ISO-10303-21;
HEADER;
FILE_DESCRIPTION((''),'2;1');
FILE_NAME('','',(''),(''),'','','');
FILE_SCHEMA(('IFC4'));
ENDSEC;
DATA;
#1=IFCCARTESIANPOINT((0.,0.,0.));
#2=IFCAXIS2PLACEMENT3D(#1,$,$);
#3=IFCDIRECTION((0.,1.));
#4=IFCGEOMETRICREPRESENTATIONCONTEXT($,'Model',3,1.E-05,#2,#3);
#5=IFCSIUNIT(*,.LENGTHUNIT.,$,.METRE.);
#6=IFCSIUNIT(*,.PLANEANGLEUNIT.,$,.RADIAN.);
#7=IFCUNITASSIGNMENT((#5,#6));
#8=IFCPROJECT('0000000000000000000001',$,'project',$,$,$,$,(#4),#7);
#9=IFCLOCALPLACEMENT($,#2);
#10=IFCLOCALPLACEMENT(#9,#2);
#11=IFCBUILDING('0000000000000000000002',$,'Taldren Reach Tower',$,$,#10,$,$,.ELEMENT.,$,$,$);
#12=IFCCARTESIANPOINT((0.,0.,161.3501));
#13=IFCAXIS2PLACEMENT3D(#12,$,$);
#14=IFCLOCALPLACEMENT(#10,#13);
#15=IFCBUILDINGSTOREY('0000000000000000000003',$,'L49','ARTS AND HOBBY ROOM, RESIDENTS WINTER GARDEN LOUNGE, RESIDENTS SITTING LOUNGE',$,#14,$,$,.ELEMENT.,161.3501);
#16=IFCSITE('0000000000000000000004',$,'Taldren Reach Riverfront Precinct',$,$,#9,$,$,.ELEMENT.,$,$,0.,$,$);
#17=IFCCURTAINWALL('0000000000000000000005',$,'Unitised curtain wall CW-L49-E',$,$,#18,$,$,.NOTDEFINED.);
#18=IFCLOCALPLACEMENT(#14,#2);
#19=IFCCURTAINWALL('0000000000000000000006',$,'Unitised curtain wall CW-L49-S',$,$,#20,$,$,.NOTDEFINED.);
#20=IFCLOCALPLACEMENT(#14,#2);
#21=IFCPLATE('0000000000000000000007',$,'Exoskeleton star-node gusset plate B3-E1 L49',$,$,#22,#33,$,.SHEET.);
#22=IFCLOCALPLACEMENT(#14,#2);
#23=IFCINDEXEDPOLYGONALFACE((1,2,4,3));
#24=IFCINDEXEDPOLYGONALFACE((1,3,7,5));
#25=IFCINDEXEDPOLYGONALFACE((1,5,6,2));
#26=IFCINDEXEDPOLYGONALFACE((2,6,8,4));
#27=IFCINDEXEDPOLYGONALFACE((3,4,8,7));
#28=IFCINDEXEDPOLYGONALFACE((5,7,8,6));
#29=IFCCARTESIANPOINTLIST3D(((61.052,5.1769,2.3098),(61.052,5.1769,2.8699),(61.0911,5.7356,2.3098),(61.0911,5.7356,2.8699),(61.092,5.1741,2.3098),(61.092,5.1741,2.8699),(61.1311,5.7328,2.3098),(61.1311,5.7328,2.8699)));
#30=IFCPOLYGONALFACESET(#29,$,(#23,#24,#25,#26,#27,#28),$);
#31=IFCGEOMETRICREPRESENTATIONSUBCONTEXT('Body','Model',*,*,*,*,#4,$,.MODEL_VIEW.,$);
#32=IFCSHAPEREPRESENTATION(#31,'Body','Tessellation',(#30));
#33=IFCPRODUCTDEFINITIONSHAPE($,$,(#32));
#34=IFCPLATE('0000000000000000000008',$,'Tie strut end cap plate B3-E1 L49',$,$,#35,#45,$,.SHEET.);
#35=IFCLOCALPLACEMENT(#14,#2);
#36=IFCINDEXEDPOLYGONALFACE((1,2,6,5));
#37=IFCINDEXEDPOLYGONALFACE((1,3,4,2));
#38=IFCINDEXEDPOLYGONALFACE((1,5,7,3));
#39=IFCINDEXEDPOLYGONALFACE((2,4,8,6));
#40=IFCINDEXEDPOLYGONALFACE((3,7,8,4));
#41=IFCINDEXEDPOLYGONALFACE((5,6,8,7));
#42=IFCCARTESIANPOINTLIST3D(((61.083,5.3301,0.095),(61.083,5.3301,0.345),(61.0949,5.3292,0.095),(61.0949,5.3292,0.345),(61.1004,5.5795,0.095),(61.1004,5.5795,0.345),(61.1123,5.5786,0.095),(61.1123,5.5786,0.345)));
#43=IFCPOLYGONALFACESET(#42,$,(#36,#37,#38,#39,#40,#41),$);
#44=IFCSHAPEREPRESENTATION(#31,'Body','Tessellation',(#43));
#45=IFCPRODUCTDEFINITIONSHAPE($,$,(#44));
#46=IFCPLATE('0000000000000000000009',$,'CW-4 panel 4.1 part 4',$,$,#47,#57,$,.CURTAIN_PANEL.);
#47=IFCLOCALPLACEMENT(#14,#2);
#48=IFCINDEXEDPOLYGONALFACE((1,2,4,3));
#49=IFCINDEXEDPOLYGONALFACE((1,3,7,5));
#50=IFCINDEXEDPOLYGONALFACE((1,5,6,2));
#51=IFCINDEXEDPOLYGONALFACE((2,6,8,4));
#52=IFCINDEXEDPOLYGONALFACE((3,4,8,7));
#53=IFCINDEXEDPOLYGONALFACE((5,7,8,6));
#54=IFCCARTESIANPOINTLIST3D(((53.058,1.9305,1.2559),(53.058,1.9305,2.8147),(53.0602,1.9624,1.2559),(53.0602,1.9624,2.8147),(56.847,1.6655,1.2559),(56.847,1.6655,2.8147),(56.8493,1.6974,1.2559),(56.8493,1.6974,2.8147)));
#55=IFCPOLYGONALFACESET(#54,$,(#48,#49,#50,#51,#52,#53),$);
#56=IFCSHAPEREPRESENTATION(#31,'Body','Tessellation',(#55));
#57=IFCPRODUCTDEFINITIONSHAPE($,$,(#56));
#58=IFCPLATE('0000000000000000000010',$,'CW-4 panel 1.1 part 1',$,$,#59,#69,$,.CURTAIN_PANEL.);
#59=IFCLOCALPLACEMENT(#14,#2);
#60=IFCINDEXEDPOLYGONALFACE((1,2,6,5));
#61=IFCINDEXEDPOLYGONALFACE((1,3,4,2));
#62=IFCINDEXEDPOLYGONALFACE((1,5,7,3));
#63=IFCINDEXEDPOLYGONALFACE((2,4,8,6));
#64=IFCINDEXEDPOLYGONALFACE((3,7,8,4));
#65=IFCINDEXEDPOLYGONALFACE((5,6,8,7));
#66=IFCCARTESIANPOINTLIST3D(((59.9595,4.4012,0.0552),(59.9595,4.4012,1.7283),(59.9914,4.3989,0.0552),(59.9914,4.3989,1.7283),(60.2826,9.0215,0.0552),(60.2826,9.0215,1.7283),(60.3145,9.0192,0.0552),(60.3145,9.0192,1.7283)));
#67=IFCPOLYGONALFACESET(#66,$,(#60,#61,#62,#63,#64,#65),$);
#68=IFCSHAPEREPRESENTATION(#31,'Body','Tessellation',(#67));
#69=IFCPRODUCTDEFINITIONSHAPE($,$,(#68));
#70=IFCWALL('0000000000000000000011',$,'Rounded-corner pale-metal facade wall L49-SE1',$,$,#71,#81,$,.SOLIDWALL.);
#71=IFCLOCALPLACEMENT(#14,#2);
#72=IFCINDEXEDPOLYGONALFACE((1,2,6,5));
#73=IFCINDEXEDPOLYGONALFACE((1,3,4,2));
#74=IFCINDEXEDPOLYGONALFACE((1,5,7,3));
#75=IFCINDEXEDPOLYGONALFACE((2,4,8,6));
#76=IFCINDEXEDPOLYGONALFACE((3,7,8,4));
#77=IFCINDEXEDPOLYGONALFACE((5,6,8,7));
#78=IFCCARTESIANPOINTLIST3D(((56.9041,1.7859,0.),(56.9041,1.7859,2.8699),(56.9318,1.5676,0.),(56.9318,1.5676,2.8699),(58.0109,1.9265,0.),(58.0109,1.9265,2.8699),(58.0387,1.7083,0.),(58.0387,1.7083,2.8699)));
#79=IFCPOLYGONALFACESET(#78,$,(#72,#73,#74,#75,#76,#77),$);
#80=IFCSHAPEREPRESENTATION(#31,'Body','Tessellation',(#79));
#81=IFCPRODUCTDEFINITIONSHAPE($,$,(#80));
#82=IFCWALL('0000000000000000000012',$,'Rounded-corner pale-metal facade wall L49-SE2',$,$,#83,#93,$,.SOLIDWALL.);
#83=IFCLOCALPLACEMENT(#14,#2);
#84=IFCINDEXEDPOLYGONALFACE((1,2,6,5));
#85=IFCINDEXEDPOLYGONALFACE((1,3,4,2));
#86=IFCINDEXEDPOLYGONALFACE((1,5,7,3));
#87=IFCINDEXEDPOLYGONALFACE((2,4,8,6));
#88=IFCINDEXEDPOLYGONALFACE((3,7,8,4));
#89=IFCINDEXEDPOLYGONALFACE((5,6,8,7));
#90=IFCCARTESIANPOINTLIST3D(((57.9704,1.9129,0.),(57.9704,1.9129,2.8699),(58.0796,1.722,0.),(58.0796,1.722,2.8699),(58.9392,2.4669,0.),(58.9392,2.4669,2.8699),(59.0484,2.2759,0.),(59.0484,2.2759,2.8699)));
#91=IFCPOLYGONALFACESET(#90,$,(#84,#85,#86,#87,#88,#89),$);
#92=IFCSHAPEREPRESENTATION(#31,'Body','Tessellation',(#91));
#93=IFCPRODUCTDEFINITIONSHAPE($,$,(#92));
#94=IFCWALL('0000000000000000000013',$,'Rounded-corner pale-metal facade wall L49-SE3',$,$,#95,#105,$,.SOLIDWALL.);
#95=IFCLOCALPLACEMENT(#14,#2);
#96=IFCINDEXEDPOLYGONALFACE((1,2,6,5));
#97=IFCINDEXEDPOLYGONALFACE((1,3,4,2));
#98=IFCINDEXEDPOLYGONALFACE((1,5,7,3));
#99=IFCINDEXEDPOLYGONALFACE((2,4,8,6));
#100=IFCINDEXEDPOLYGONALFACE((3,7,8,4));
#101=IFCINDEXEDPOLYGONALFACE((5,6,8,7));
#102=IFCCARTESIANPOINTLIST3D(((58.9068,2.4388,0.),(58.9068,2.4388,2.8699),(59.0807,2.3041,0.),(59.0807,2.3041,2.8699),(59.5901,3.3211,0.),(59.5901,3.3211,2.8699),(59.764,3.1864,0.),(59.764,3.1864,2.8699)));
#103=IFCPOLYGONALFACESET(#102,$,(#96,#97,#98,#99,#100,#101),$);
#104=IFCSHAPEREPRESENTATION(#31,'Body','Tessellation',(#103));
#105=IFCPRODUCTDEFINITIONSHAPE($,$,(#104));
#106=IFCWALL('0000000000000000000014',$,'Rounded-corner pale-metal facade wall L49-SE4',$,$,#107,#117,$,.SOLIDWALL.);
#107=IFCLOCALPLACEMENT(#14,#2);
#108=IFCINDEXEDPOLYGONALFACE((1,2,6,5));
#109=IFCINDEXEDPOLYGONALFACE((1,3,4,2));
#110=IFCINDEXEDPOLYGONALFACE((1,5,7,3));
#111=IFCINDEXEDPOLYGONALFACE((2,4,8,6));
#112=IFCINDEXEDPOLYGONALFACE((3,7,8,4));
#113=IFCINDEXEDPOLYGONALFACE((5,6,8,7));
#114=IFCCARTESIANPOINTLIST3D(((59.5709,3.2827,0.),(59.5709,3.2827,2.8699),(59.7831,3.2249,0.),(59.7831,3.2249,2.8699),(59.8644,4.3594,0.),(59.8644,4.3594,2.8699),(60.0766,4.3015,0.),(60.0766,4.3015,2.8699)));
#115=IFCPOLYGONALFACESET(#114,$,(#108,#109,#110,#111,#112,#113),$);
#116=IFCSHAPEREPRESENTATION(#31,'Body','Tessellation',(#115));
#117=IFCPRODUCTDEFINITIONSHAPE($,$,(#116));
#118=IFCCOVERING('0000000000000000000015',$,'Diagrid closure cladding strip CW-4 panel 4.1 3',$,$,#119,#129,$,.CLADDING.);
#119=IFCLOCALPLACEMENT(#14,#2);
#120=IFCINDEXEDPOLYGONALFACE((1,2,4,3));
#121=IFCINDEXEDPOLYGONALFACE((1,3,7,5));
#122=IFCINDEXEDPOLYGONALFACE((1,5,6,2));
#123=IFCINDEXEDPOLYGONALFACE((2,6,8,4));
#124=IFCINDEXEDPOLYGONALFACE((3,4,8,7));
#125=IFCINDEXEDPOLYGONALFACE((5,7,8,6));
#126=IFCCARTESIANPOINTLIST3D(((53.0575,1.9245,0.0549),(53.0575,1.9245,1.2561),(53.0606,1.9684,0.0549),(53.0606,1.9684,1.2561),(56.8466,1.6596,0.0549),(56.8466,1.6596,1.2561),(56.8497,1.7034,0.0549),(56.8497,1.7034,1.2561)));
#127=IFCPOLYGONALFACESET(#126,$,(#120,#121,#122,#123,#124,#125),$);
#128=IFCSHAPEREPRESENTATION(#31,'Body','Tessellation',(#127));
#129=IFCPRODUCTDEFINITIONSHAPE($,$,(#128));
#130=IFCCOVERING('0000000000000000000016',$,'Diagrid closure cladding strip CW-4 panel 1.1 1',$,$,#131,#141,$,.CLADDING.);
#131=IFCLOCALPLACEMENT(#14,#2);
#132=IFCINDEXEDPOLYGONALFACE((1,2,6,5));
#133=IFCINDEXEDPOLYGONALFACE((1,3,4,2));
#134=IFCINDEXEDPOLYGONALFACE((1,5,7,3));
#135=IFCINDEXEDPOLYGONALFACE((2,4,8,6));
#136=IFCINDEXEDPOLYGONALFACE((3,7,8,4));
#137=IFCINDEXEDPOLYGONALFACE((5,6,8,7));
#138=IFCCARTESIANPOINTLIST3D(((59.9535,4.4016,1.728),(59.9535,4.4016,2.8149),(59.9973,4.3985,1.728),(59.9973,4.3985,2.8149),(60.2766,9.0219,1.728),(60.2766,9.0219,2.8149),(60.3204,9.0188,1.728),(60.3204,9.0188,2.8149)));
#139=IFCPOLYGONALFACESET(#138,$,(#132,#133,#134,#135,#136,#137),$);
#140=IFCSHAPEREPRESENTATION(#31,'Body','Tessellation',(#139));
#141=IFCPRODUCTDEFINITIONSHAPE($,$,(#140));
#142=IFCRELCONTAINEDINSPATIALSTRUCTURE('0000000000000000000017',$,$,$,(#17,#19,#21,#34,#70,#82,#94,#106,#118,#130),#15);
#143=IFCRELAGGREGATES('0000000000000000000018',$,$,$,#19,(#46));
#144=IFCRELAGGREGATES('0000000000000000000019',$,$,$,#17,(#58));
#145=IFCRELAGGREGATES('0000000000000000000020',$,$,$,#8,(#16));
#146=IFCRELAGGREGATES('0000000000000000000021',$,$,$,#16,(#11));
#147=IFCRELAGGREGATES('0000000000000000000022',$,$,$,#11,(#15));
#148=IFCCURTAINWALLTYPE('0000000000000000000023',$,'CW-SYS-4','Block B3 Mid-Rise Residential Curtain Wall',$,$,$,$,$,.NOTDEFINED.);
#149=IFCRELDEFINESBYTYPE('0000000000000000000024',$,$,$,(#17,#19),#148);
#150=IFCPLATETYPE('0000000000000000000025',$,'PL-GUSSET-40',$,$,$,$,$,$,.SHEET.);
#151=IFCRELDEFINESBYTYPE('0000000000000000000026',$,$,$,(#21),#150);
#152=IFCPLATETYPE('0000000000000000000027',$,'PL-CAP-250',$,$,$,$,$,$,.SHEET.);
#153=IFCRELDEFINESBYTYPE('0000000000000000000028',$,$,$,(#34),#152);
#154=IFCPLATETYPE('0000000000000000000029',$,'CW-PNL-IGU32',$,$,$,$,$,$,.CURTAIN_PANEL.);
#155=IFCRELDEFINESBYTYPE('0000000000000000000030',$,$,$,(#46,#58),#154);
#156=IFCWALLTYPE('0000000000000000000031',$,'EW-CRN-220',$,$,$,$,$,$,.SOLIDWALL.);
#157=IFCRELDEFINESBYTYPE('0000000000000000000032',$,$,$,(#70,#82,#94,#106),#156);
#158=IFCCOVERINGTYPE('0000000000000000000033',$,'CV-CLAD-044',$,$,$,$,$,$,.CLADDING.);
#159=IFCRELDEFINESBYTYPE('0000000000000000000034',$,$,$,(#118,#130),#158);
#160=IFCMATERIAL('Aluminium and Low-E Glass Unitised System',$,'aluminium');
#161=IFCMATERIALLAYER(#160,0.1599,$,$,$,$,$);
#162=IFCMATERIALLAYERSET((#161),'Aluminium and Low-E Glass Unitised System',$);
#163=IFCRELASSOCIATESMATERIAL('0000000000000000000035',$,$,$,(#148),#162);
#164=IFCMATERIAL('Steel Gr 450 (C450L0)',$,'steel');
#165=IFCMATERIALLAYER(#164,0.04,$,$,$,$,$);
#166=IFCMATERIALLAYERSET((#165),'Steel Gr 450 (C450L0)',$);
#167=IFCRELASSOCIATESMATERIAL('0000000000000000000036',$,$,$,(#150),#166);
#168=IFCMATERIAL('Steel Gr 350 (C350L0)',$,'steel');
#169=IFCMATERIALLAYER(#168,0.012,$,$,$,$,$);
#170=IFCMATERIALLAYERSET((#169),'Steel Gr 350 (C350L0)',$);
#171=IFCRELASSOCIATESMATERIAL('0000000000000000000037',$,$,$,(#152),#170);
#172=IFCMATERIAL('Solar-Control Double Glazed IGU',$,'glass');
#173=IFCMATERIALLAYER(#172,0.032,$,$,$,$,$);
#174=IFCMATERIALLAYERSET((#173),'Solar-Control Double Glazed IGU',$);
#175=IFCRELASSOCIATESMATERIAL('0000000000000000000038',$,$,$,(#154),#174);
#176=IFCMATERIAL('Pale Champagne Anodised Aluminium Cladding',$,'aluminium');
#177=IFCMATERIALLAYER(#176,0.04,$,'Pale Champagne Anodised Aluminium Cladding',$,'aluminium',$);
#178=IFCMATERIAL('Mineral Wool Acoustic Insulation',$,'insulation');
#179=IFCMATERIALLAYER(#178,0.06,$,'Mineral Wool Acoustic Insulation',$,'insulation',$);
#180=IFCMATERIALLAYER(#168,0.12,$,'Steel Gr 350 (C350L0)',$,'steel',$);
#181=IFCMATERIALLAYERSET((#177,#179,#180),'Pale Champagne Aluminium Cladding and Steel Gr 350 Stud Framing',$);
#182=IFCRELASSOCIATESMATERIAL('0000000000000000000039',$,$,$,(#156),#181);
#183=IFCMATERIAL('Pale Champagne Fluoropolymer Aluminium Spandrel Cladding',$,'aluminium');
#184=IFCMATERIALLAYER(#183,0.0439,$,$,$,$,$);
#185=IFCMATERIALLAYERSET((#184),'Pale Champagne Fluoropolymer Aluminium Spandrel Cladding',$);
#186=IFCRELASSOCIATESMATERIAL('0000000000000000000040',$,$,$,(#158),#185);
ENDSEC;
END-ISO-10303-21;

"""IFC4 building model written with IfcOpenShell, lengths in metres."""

from ifc_helpers import new_model, si_unit, direction, frame, frame_2d, origin, origin_2d, place, context, subcontext, project, spatial, rectangle, extrude, source, transform, mapped, material, layer, layer_set, type_object, element, aggregate, save


model = new_model("IFC4")

# Units and contexts
model_context = context("Model", 3, precision=1e-05, world=origin(), true_north=direction((0.0, 1.0)))
body_context = subcontext(model_context, "Body", "Model", "MODEL_VIEW")
ifc_project = project(units=[si_unit("LENGTHUNIT", "METRE"), si_unit("PLANEANGLEUNIT", "RADIAN")], contexts=[model_context])

# Site, building, storey
site_placement = place(None, origin())
site = spatial("IfcSite", under=ifc_project, at=site_placement, Name="Taldren Reach Riverfront Precinct", CompositionType="ELEMENT", RefElevation=0.0)
building_placement = place(site_placement, origin())
building = spatial("IfcBuilding", under=site, at=building_placement, Name="Taldren Reach Tower", CompositionType="ELEMENT")
storey_placement = place(building_placement, frame((0.0, 0.0, 161.3501)))
storey = spatial("IfcBuildingStorey", under=building, at=storey_placement, Name="L49", Description="ARTS AND HOBBY ROOM, RESIDENTS WINTER GARDEN LOUNGE, RESIDENTS SITTING LOUNGE", CompositionType="ELEMENT", Elevation=161.3501)

# Shared definitions
ifc_material_1 = material(Name="Steel Gr 450 (C450L0)", Category="steel")

# Shared definitions
ifc_material_2 = material(Name="Steel Gr 350 (C350L0)", Category="steel")

# Curtain wall
ifc_material_3 = material(Name="Aluminium and Low-E Glass Unitised System", Category="aluminium")
ifc_layer_1 = layer(ifc_material_3, 0.1599)
ifc_layer_set_1 = layer_set([ifc_layer_1], Name="Aluminium and Low-E Glass Unitised System")
curtain_wall_type = type_object("IfcCurtainWallType", Name="CW-SYS-4", Description="Block B3 Mid-Rise Residential Curtain Wall", PredefinedType="NOTDEFINED", material=ifc_layer_set_1)
curtain_wall_1_placement = place(storey_placement, origin())
curtain_wall_1 = element("IfcCurtainWall", 1, at=curtain_wall_1_placement, inside=storey, type_object=curtain_wall_type, Name="Unitised curtain wall CW-L49-E", PredefinedType="NOTDEFINED")

# Curtain wall
curtain_wall_2_placement = place(storey_placement, origin())
curtain_wall_2 = element("IfcCurtainWall", 2, at=curtain_wall_2_placement, inside=storey, type_object=curtain_wall_type, Name="Unitised curtain wall CW-L49-S", PredefinedType="NOTDEFINED")

# Plates
ifc_layer_2 = layer(ifc_material_1, 0.04)
ifc_layer_set_2 = layer_set([ifc_layer_2], Name="Steel Gr 450 (C450L0)")
plate_type_1 = type_object("IfcPlateType", Name="PL-GUSSET-40", PredefinedType="SHEET", material=ifc_layer_set_2)
shared_shape_1 = source(origin(), body_context, "Body", "SweptSolid", [
    extrude(rectangle(XDim=0.5601, YDim=0.04, at=origin_2d()), origin(), (0.0, 0.0, 1.0), 0.5601),
])
for number, where, z_axis, x_axis, name in (
    (3, (61.0916, 5.4548, 2.3098), (0.0, 0.0, 1.0), (0.069756, 0.997564, 0.0), "Exoskeleton star-node gusset plate B3-E1 L49"),
):
    element("IfcPlate", number, at=place(storey_placement, frame(where, z_axis=z_axis, x_axis=x_axis)), inside=storey, type_object=plate_type_1, Name=name, PredefinedType="SHEET", context=body_context, shape_type="MappedRepresentation", body=[
        mapped(shared_shape_1, transform((0.0, 0.0, 0.0), scale=1.0)),
    ])
ifc_layer_3 = layer(ifc_material_2, 0.012)
ifc_layer_set_3 = layer_set([ifc_layer_3], Name="Steel Gr 350 (C350L0)")
plate_type_2 = type_object("IfcPlateType", Name="PL-CAP-250", PredefinedType="SHEET", material=ifc_layer_set_3)
shared_shape_2 = source(origin(), body_context, "Body", "SweptSolid", [
    extrude(rectangle(XDim=0.012, YDim=0.25, at=origin_2d()), origin(), (0.0, 0.0, 1.0), 0.25),
])
plate_1_placement = place(storey_placement, frame((61.0977, 5.4543, 0.095), z_axis=(0.0, 0.0, 1.0), x_axis=(0.997564, -0.069756, 0.0)))
element("IfcPlate", 4, at=plate_1_placement, inside=storey, type_object=plate_type_2, Name="Tie strut end cap plate B3-E1 L49", PredefinedType="SHEET", context=body_context, shape_type="MappedRepresentation", body=[
    mapped(shared_shape_2, transform((0.0, 0.0, 0.0), scale=1.0)),
])

# Plates
ifc_material_4 = material(Name="Solar-Control Double Glazed IGU", Category="glass")
ifc_layer_4 = layer(ifc_material_4, 0.032)
ifc_layer_set_4 = layer_set([ifc_layer_4], Name="Solar-Control Double Glazed IGU")
plate_type_3 = type_object("IfcPlateType", Name="CW-PNL-IGU32", PredefinedType="CURTAIN_PANEL", material=ifc_layer_set_4)
shared_shape_3 = source(origin(), body_context, "Body", "SweptSolid", [
    extrude(rectangle(XDim=3.7983, YDim=0.032, at=origin_2d()), origin(), (0.0, 0.0, 1.0), 1.5588),
])
plate_2_placement = place(storey_placement, frame((54.9536, 1.814, 1.2559), z_axis=(0.0, 0.0, 1.0), x_axis=(0.997564, -0.069757, 0.0)))
plate_2 = element("IfcPlate", 5, at=plate_2_placement, type_object=plate_type_3, Name="CW-4 panel 4.1 part 4", PredefinedType="CURTAIN_PANEL", context=body_context, shape_type="MappedRepresentation", body=[
    mapped(shared_shape_3, transform((0.0, 0.0, 0.0), scale=1.0)),
])
aggregate(curtain_wall_2, [plate_2])
shared_shape_4 = source(origin(), body_context, "Body", "SweptSolid", [
    extrude(rectangle(XDim=4.6316, YDim=0.032, at=origin_2d()), origin(), (0.0, 0.0, 1.0), 1.6731),
])
plate_3_placement = place(storey_placement, frame((60.137, 6.7102, 0.0552), z_axis=(0.0, 0.0, 1.0), x_axis=(0.069756, 0.997564, 0.0)))
plate_3 = element("IfcPlate", 6, at=plate_3_placement, type_object=plate_type_3, Name="CW-4 panel 1.1 part 1", PredefinedType="CURTAIN_PANEL", context=body_context, shape_type="MappedRepresentation", body=[
    mapped(shared_shape_4, transform((0.0, 0.0, 0.0), scale=1.0)),
])
aggregate(curtain_wall_1, [plate_3])

# Walls
ifc_material_5 = material(Name="Pale Champagne Anodised Aluminium Cladding", Category="aluminium")
ifc_layer_5 = layer(ifc_material_5, 0.04, Name="Pale Champagne Anodised Aluminium Cladding", Category="aluminium")
ifc_material_6 = material(Name="Mineral Wool Acoustic Insulation", Category="insulation")
ifc_layer_6 = layer(ifc_material_6, 0.06, Name="Mineral Wool Acoustic Insulation", Category="insulation")
ifc_layer_7 = layer(ifc_material_2, 0.12, Name="Steel Gr 350 (C350L0)", Category="steel")
ifc_layer_set_5 = layer_set([ifc_layer_5, ifc_layer_6, ifc_layer_7], Name="Pale Champagne Aluminium Cladding and Steel Gr 350 Stud Framing")
wall_type = type_object("IfcWallType", Name="EW-CRN-220", PredefinedType="SOLIDWALL", material=ifc_layer_set_5)
shared_shape_5 = source(origin(), body_context, "Body", "SweptSolid", [
    extrude(rectangle(XDim=1.1157, YDim=0.22, at=frame_2d((0.5579, 0.0))), origin(), (0.0, 0.0, 1.0), 2.8699),
])
wall_placement = place(storey_placement, frame((56.918, 1.6768, 0.0), z_axis=(0.0, 0.0, 1.0), x_axis=(0.992027, 0.126027, 0.0)))
element("IfcWall", 7, at=wall_placement, inside=storey, type_object=wall_type, Name="Rounded-corner pale-metal facade wall L49-SE1", PredefinedType="SOLIDWALL", context=body_context, shape_type="MappedRepresentation", body=[
    mapped(shared_shape_5, transform((0.0, 0.0, 0.0), scale=1.0)),
])
shared_shape_6 = source(origin(), body_context, "Body", "SweptSolid", [
    extrude(rectangle(XDim=1.116, YDim=0.22, at=frame_2d((0.5581, 0.0))), origin(), (0.0, 0.0, 1.0), 2.8699),
])
for number, where, z_axis, x_axis, name in (
    (8, (58.0249, 1.8174, 0.0), (0.0, 0.0, 1.0), (0.868095, 0.496398, 0.0), "Rounded-corner pale-metal facade wall L49-SE2"),
    (9, (58.9937, 2.3713, 0.0), (0.0, 0.0, 1.0), (0.612319, 0.790611, 0.0), "Rounded-corner pale-metal facade wall L49-SE3"),
    (10, (59.677, 3.2537, 0.0), (0.0, 0.0, 1.0), (0.262969, 0.964804, 0.0), "Rounded-corner pale-metal facade wall L49-SE4"),
):
    element("IfcWall", number, at=place(storey_placement, frame(where, z_axis=z_axis, x_axis=x_axis)), inside=storey, type_object=wall_type, Name=name, PredefinedType="SOLIDWALL", context=body_context, shape_type="MappedRepresentation", body=[
        mapped(shared_shape_6, transform((0.0, 0.0, 0.0), scale=1.0)),
    ])

# Coverings
ifc_material_7 = material(Name="Pale Champagne Fluoropolymer Aluminium Spandrel Cladding", Category="aluminium")
ifc_layer_8 = layer(ifc_material_7, 0.0439)
ifc_layer_set_6 = layer_set([ifc_layer_8], Name="Pale Champagne Fluoropolymer Aluminium Spandrel Cladding")
covering_type = type_object("IfcCoveringType", Name="CV-CLAD-044", PredefinedType="CLADDING", material=ifc_layer_set_6)
shared_shape_7 = source(origin(), body_context, "Body", "SweptSolid", [
    extrude(rectangle(XDim=3.7983, YDim=0.0439, at=origin_2d()), origin(), (0.0, 0.0, 1.0), 1.2012),
])
covering_1_placement = place(storey_placement, frame((54.9536, 1.814, 0.0549), z_axis=(0.0, 0.0, 1.0), x_axis=(0.997564, -0.069757, 0.0)))
element("IfcCovering", 11, at=covering_1_placement, inside=storey, type_object=covering_type, Name="Diagrid closure cladding strip CW-4 panel 4.1 3", PredefinedType="CLADDING", context=body_context, shape_type="MappedRepresentation", body=[
    mapped(shared_shape_7, transform((0.0, 0.0, 0.0), scale=1.0)),
])
shared_shape_8 = source(origin(), body_context, "Body", "SweptSolid", [
    extrude(rectangle(XDim=4.6316, YDim=0.0439, at=origin_2d()), origin(), (0.0, 0.0, 1.0), 1.0869),
])
covering_2_placement = place(storey_placement, frame((60.137, 6.7102, 1.728), z_axis=(0.0, 0.0, 1.0), x_axis=(0.069756, 0.997564, 0.0)))
element("IfcCovering", 12, at=covering_2_placement, inside=storey, type_object=covering_type, Name="Diagrid closure cladding strip CW-4 panel 1.1 1", PredefinedType="CLADDING", context=body_context, shape_type="MappedRepresentation", body=[
    mapped(shared_shape_8, transform((0.0, 0.0, 0.0), scale=1.0)),
])

save(model, "model.ifc")
